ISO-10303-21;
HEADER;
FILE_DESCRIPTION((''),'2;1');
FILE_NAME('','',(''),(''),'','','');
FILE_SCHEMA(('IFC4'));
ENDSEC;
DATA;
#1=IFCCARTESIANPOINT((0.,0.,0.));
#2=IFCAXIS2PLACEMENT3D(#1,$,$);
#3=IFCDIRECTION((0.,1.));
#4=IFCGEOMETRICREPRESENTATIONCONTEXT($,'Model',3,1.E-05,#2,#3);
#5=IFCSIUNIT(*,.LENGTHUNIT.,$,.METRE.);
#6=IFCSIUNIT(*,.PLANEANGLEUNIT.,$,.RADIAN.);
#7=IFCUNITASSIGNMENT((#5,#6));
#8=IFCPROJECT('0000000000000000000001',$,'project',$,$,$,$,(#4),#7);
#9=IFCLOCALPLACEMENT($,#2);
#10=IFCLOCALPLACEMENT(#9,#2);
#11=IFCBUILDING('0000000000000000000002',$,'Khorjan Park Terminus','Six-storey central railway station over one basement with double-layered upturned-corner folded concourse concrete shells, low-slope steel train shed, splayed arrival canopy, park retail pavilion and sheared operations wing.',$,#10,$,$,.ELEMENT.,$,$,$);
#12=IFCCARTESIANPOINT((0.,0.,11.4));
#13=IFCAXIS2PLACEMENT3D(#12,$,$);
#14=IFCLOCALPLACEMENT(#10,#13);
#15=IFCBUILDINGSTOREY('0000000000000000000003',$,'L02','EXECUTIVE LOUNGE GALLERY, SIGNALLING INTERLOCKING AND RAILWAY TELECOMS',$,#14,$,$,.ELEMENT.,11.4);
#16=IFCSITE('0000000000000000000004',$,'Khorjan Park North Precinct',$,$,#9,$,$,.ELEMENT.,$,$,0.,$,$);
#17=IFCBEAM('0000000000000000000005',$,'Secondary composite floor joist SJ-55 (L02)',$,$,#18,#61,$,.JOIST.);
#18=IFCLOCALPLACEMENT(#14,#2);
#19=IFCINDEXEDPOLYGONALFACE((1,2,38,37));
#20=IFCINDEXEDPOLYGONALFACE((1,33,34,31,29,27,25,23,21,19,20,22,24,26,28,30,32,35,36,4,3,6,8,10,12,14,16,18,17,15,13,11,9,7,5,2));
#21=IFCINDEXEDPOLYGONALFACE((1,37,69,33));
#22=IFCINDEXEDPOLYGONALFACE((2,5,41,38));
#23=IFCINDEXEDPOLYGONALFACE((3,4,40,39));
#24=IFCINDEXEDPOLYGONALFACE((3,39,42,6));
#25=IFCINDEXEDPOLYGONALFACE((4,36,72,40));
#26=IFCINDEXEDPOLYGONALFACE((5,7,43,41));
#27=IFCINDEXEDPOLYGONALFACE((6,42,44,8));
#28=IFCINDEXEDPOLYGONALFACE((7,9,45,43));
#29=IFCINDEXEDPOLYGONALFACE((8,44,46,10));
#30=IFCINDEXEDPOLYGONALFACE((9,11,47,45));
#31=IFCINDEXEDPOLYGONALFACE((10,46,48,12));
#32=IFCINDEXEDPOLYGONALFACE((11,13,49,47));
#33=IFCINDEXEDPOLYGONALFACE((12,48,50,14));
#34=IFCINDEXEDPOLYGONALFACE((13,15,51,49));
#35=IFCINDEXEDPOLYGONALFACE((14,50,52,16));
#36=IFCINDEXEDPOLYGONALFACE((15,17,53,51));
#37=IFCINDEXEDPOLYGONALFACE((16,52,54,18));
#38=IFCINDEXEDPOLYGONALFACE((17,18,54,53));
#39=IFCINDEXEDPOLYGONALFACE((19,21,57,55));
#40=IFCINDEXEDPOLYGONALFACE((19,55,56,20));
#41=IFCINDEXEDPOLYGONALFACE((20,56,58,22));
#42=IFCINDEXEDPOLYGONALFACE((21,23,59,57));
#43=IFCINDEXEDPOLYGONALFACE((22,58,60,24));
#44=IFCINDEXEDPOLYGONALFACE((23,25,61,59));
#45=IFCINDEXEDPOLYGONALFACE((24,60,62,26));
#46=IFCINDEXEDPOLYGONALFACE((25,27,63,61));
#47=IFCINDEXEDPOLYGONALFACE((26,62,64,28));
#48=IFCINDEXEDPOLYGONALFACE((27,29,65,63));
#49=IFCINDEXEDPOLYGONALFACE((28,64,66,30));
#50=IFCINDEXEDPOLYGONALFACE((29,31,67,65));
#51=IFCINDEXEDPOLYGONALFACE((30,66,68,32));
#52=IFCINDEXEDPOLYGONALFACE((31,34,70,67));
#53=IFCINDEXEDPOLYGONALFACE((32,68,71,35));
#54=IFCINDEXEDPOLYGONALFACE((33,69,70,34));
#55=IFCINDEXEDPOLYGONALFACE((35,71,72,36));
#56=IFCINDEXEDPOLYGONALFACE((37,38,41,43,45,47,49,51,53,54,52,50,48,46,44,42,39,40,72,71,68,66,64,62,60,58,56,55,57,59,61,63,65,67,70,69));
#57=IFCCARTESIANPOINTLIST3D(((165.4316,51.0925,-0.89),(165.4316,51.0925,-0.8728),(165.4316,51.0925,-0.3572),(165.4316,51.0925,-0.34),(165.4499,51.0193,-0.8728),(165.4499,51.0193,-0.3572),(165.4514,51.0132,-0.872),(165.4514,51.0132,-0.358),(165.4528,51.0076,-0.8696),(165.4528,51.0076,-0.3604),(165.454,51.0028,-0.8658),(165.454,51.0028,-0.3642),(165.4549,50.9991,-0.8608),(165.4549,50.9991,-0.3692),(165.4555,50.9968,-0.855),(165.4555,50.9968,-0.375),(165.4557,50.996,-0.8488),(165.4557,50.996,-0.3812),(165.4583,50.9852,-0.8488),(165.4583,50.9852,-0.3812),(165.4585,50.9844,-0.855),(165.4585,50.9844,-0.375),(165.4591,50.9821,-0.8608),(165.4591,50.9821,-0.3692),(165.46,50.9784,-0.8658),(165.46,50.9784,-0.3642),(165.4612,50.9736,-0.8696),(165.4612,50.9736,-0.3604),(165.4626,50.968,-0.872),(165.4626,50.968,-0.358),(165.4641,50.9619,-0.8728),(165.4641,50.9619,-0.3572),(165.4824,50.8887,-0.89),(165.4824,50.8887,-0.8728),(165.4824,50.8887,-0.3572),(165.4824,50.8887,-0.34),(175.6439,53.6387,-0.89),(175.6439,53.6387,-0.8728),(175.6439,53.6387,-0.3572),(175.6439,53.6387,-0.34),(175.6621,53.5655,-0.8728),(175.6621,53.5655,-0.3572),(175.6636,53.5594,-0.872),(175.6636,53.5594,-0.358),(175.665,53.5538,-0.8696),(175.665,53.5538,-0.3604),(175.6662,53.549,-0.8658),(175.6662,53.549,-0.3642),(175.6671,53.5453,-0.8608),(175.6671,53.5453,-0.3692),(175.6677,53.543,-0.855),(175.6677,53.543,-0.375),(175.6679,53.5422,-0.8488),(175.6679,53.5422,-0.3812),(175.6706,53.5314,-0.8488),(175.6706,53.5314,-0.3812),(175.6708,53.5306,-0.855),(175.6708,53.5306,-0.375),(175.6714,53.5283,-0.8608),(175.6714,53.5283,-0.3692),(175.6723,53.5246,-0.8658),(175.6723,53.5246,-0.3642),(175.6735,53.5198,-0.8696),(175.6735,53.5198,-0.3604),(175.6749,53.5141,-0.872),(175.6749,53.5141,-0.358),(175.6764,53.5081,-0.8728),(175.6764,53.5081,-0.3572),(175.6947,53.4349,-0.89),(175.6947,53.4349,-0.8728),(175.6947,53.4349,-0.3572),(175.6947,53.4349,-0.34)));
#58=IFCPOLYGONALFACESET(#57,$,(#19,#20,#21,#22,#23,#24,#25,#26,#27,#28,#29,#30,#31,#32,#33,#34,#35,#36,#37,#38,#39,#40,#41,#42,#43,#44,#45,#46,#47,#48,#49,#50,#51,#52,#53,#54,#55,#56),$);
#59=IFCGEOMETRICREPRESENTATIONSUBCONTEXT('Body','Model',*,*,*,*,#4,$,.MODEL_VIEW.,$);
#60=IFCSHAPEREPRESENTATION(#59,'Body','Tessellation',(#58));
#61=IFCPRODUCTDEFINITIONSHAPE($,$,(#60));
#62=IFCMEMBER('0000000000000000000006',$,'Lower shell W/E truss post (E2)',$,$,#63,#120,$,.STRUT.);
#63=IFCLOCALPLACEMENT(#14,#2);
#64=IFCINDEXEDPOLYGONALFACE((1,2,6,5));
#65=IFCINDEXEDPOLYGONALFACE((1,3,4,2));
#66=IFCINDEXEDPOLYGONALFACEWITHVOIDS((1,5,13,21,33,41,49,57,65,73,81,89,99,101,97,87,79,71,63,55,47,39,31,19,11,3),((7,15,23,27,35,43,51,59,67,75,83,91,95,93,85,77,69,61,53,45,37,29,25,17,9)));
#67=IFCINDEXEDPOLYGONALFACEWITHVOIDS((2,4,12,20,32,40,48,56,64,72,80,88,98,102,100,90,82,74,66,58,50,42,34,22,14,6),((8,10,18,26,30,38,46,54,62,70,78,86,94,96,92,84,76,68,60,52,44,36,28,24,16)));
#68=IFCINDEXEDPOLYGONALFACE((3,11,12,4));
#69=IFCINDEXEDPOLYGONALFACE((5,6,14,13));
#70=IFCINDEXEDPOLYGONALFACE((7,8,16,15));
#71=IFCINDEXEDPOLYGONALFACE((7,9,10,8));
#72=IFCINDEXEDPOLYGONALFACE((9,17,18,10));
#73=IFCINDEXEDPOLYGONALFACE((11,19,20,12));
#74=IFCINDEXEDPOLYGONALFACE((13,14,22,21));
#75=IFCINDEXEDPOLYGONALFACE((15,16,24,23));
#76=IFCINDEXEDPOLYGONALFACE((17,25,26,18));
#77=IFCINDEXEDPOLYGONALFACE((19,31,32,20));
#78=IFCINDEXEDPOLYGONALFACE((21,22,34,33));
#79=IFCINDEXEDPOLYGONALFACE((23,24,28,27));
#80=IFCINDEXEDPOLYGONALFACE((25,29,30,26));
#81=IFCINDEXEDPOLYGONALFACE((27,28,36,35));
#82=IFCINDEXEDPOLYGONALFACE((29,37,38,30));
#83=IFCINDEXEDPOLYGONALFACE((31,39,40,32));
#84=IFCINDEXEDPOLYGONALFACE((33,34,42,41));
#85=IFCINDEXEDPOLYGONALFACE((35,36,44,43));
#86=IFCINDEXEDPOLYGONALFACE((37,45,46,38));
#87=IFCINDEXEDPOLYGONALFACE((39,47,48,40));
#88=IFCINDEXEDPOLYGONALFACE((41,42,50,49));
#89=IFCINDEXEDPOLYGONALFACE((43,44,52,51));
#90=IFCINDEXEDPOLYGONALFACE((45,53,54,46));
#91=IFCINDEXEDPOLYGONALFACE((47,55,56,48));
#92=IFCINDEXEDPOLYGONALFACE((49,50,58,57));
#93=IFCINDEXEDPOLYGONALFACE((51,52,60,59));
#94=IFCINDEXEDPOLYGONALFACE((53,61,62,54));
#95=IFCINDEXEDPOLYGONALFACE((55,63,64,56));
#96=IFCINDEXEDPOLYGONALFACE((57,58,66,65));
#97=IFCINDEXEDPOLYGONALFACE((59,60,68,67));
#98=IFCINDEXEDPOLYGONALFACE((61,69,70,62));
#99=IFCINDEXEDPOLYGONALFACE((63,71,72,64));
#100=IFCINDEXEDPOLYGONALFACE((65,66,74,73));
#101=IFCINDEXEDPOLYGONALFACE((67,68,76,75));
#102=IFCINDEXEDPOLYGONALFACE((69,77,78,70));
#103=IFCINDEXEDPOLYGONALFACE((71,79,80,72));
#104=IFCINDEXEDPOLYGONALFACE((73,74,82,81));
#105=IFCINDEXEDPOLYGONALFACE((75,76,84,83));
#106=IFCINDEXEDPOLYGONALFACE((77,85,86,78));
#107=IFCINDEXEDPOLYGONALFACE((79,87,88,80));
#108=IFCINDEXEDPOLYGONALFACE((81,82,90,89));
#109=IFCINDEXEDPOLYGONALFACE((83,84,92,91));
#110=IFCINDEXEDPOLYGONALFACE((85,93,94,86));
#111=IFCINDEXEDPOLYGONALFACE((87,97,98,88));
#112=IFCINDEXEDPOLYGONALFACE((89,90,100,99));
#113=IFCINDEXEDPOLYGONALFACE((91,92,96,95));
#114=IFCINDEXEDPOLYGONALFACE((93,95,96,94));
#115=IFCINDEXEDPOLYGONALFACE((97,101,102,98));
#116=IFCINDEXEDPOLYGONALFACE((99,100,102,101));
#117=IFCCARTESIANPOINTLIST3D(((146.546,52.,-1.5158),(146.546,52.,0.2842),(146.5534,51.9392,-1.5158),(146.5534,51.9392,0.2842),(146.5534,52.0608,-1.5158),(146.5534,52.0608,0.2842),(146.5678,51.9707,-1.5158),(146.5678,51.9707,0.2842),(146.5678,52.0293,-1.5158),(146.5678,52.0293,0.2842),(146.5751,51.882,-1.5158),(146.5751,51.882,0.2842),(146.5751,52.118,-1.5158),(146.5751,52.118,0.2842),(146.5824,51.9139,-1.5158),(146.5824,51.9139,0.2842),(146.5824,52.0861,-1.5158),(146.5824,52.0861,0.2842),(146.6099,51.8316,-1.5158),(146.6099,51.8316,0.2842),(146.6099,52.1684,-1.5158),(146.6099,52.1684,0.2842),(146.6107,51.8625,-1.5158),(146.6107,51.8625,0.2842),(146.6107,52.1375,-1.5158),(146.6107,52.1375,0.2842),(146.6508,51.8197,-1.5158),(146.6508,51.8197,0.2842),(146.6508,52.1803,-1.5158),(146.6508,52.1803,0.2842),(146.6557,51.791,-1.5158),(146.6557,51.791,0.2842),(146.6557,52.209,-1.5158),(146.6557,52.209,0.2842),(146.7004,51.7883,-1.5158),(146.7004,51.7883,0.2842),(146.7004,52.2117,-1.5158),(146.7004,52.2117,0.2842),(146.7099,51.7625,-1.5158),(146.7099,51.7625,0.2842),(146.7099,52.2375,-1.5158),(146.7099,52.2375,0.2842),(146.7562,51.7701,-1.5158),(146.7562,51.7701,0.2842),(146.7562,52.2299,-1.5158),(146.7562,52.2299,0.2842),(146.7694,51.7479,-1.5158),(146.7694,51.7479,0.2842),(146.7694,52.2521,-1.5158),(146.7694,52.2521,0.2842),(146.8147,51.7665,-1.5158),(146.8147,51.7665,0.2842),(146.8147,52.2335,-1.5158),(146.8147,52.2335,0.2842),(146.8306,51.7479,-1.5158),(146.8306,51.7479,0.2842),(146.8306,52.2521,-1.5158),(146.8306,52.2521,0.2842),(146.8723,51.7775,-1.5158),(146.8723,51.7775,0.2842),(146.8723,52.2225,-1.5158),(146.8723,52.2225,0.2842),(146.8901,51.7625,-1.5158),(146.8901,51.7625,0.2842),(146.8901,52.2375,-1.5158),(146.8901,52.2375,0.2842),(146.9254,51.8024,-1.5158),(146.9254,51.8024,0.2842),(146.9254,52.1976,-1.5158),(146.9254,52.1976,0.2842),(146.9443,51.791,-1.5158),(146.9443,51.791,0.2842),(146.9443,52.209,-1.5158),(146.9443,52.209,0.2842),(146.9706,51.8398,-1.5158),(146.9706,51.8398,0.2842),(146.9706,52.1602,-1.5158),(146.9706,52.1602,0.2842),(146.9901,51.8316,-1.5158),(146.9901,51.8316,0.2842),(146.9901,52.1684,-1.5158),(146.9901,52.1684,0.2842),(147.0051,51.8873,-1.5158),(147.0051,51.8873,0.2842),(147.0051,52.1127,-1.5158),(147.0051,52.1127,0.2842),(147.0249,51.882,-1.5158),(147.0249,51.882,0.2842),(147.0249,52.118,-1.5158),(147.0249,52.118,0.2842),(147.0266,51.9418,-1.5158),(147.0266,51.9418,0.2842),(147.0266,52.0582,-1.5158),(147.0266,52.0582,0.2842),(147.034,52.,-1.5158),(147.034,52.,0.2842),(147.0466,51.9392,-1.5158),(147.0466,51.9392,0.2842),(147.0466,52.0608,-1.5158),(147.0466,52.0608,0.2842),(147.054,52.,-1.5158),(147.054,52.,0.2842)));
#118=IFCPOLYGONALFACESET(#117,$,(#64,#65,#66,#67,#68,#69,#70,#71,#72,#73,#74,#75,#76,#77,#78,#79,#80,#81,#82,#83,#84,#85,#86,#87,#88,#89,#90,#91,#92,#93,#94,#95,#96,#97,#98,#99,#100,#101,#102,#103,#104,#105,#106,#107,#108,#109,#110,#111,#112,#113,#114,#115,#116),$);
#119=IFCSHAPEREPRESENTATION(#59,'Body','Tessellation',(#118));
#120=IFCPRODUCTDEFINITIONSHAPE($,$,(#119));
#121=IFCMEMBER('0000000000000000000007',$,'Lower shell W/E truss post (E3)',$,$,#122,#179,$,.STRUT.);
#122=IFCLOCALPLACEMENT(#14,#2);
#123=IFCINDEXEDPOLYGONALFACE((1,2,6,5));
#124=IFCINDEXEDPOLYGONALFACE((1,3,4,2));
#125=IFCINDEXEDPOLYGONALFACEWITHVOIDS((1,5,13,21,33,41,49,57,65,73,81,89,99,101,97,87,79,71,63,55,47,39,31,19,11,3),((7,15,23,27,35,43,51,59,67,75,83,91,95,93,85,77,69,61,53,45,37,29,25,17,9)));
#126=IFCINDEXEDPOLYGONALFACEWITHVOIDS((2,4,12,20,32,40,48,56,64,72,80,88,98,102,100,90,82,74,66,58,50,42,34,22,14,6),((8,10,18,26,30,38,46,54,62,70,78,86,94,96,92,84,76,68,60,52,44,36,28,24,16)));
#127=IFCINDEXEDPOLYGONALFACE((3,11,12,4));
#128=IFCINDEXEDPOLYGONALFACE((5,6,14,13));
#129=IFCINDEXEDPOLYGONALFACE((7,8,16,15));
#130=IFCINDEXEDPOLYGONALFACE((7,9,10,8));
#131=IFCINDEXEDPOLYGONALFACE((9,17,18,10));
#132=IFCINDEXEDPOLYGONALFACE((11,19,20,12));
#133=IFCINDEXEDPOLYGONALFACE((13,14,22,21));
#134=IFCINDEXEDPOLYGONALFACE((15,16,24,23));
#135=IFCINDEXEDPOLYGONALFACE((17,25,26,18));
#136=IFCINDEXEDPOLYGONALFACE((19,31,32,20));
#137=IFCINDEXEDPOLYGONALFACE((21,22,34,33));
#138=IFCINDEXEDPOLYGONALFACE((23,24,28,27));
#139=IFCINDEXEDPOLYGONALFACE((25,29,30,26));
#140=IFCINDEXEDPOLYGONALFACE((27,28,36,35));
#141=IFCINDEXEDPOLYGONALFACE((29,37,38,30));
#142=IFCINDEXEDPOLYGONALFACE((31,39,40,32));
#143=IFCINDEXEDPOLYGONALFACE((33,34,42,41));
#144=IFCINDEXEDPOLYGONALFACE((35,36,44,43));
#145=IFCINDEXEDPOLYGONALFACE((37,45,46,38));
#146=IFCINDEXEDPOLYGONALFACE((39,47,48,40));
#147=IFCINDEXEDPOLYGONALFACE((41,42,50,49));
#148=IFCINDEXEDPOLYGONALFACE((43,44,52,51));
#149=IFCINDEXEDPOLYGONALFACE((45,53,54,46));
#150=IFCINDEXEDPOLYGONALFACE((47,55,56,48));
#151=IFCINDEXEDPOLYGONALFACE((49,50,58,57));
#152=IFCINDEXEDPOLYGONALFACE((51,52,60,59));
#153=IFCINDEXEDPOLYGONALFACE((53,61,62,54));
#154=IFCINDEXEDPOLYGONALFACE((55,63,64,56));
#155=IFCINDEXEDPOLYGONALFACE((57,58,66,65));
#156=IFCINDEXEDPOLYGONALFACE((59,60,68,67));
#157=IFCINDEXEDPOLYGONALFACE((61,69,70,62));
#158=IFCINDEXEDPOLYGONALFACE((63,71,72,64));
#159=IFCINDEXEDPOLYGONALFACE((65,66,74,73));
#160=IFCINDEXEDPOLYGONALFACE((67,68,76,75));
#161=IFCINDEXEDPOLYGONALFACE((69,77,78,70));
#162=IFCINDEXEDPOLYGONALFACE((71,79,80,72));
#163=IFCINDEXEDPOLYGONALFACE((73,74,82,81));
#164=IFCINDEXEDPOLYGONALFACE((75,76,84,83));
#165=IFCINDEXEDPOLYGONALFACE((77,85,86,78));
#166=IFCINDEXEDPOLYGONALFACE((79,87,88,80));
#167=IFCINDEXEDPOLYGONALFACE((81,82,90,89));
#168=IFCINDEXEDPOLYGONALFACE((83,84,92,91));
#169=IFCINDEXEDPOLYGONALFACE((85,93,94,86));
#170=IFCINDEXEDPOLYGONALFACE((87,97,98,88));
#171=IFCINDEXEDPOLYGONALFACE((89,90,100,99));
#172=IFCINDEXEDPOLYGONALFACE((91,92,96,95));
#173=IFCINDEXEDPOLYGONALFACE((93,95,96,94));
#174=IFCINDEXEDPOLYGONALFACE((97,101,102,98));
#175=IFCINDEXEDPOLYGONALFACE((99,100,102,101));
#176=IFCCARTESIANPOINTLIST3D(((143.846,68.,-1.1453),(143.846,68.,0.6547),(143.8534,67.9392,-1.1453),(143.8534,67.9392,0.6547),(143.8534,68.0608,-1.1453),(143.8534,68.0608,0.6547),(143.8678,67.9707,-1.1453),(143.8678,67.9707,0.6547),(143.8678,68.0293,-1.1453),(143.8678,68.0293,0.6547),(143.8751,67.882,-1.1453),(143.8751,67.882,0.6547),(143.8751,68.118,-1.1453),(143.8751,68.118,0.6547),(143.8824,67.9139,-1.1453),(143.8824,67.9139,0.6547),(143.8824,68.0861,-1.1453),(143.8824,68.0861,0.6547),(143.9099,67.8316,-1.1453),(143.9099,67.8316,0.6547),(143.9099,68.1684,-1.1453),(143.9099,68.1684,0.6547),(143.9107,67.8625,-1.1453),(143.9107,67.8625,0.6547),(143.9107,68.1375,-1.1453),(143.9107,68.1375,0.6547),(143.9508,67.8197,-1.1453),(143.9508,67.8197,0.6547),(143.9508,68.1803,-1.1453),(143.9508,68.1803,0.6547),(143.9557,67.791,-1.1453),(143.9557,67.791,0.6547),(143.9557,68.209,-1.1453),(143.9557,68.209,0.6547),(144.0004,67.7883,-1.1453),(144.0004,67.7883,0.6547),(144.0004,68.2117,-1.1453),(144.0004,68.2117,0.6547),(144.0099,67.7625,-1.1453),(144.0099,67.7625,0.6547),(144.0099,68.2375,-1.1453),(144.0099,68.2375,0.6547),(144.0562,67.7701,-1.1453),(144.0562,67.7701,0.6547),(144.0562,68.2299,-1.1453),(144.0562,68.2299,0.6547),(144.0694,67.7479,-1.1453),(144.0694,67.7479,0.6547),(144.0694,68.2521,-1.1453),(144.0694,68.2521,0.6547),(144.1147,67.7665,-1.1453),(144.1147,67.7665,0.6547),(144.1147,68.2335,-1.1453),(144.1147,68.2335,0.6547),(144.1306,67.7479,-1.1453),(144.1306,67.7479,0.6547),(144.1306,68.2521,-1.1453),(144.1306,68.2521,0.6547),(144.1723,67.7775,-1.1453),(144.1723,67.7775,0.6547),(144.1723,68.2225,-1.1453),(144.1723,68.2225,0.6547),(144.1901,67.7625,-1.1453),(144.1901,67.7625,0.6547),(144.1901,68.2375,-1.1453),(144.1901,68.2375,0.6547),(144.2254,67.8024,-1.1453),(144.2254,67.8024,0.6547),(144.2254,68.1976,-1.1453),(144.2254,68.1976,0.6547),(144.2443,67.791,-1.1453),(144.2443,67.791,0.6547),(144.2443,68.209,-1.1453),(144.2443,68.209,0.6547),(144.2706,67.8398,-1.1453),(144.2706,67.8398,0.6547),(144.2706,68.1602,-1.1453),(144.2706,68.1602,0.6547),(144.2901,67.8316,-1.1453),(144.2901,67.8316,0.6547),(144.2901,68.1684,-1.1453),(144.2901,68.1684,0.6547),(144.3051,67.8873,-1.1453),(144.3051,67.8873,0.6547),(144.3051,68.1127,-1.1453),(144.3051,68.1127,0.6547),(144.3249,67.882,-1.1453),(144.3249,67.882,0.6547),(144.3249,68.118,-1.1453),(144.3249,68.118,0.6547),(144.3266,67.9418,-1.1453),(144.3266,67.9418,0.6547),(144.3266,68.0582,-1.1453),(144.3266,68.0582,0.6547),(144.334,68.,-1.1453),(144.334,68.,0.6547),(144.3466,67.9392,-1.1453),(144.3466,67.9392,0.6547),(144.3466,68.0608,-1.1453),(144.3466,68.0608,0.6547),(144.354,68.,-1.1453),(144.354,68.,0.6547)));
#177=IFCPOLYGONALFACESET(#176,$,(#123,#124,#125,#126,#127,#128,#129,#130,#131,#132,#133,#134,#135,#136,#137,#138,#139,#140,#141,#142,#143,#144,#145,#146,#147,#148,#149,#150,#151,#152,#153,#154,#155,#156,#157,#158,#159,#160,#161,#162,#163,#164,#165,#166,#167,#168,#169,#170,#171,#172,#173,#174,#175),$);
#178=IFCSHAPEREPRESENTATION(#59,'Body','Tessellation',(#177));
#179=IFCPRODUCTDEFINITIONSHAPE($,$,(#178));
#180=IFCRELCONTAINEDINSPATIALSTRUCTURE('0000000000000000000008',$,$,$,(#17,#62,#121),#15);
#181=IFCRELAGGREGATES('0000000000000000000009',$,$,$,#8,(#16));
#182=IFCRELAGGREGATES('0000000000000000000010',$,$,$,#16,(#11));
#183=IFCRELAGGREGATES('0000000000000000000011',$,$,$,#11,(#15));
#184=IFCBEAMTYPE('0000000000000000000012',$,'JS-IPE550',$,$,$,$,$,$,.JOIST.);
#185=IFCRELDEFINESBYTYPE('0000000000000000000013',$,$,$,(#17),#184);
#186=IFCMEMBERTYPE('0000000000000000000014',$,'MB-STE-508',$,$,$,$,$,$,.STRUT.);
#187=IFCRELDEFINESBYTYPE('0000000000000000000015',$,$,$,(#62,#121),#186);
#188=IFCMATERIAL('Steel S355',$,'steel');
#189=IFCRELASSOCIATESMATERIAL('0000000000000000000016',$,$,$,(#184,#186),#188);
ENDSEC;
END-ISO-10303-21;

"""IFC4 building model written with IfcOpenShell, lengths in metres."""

from ifc_helpers import new_model, si_unit, direction, frame, origin, origin_2d, place, context, subcontext, project, spatial, hollow_circle, i_section, extrude, material, material_profile, profile_set, type_object, element, save


model = new_model("IFC4")

# Units and contexts
model_context = context("Model", 3, precision=1e-05, world=origin(), true_north=direction((0.0, 1.0)))
body_context = subcontext(model_context, "Body", "Model", "MODEL_VIEW")
ifc_project = project(units=[si_unit("LENGTHUNIT", "METRE"), si_unit("PLANEANGLEUNIT", "RADIAN")], contexts=[model_context])

# Site, building, storey
site_placement = place(None, origin())
site = spatial("IfcSite", under=ifc_project, at=site_placement, Name="Khorjan Park North Precinct", CompositionType="ELEMENT", RefElevation=0.0)
building_placement = place(site_placement, origin())
building = spatial("IfcBuilding", under=site, at=building_placement, Name="Khorjan Park Terminus", Description="Six-storey central railway station over one basement with double-layered upturned-corner folded concourse concrete shells, low-slope steel train shed, splayed arrival canopy, park retail pavilion and sheared operations wing.", CompositionType="ELEMENT")
storey_placement = place(building_placement, frame((0.0, 0.0, 11.4)))
storey = spatial("IfcBuildingStorey", under=building, at=storey_placement, Name="L02", Description="EXECUTIVE LOUNGE GALLERY, SIGNALLING INTERLOCKING AND RAILWAY TELECOMS", CompositionType="ELEMENT", Elevation=11.4)

# Beam
ifc_material_1 = material(Name="Steel S355", Category="steel")
ifc_material_profile_1 = material_profile(ifc_material_1, i_section(OverallWidth=0.21, OverallDepth=0.55, WebThickness=0.0111, FlangeThickness=0.0172, FilletRadius=0.024, at=origin_2d()), Name="IPE 550")
ifc_profile_set_1 = profile_set([ifc_material_profile_1], Name="Steel S355")
beam_type_1 = type_object("IfcBeamType", Name="JS-IPE550", PredefinedType="JOIST", material=ifc_profile_set_1)
beam_1_placement = place(storey_placement, frame((165.457, 50.9906, -0.615), z_axis=(0.970296, 0.241921, 0.0), x_axis=(-0.241921, 0.970296, 0.0)))
element("IfcBeam", 1, at=beam_1_placement, inside=storey, type_object=beam_type_1, Name="Secondary composite floor joist SJ-55 (L02)", PredefinedType="JOIST", context=body_context, shape_type="SweptSolid", body=[
    extrude(i_section(OverallWidth=0.21, OverallDepth=0.55, WebThickness=0.0111, FlangeThickness=0.0172, FilletRadius=0.024, at=origin_2d()), origin(), (0.0, 0.0, 1.0), 10.5249),
])

# Members
ifc_material_profile_2 = material_profile(ifc_material_1, hollow_circle(Radius=0.254, WallThickness=0.02, at=origin_2d()), Name="CHS 508x20")
ifc_profile_set_2 = profile_set([ifc_material_profile_2], Name="Steel S355")
member_type_1 = type_object("IfcMemberType", Name="MB-STE-508", PredefinedType="STRUT", material=ifc_profile_set_2)
for number, where, z_axis, x_axis, name in (
    (2, (146.8, 52.0, -1.5158), (0.0, 0.0, 1.0), (1.0, 0.0, 0.0), "Lower shell W/E truss post (E2)"),
    (3, (144.1, 68.0, -1.1453), (0.0, 0.0, 1.0), (1.0, 0.0, 0.0), "Lower shell W/E truss post (E3)"),
):
    element("IfcMember", number, at=place(storey_placement, frame(where, z_axis=z_axis, x_axis=x_axis)), inside=storey, type_object=member_type_1, Name=name, PredefinedType="STRUT", context=body_context, shape_type="SweptSolid", body=[
        extrude(hollow_circle(Radius=0.254, WallThickness=0.02, at=origin_2d()), origin(), (0.0, 0.0, 1.0), 1.8),
    ])

save(model, "model.ifc")
